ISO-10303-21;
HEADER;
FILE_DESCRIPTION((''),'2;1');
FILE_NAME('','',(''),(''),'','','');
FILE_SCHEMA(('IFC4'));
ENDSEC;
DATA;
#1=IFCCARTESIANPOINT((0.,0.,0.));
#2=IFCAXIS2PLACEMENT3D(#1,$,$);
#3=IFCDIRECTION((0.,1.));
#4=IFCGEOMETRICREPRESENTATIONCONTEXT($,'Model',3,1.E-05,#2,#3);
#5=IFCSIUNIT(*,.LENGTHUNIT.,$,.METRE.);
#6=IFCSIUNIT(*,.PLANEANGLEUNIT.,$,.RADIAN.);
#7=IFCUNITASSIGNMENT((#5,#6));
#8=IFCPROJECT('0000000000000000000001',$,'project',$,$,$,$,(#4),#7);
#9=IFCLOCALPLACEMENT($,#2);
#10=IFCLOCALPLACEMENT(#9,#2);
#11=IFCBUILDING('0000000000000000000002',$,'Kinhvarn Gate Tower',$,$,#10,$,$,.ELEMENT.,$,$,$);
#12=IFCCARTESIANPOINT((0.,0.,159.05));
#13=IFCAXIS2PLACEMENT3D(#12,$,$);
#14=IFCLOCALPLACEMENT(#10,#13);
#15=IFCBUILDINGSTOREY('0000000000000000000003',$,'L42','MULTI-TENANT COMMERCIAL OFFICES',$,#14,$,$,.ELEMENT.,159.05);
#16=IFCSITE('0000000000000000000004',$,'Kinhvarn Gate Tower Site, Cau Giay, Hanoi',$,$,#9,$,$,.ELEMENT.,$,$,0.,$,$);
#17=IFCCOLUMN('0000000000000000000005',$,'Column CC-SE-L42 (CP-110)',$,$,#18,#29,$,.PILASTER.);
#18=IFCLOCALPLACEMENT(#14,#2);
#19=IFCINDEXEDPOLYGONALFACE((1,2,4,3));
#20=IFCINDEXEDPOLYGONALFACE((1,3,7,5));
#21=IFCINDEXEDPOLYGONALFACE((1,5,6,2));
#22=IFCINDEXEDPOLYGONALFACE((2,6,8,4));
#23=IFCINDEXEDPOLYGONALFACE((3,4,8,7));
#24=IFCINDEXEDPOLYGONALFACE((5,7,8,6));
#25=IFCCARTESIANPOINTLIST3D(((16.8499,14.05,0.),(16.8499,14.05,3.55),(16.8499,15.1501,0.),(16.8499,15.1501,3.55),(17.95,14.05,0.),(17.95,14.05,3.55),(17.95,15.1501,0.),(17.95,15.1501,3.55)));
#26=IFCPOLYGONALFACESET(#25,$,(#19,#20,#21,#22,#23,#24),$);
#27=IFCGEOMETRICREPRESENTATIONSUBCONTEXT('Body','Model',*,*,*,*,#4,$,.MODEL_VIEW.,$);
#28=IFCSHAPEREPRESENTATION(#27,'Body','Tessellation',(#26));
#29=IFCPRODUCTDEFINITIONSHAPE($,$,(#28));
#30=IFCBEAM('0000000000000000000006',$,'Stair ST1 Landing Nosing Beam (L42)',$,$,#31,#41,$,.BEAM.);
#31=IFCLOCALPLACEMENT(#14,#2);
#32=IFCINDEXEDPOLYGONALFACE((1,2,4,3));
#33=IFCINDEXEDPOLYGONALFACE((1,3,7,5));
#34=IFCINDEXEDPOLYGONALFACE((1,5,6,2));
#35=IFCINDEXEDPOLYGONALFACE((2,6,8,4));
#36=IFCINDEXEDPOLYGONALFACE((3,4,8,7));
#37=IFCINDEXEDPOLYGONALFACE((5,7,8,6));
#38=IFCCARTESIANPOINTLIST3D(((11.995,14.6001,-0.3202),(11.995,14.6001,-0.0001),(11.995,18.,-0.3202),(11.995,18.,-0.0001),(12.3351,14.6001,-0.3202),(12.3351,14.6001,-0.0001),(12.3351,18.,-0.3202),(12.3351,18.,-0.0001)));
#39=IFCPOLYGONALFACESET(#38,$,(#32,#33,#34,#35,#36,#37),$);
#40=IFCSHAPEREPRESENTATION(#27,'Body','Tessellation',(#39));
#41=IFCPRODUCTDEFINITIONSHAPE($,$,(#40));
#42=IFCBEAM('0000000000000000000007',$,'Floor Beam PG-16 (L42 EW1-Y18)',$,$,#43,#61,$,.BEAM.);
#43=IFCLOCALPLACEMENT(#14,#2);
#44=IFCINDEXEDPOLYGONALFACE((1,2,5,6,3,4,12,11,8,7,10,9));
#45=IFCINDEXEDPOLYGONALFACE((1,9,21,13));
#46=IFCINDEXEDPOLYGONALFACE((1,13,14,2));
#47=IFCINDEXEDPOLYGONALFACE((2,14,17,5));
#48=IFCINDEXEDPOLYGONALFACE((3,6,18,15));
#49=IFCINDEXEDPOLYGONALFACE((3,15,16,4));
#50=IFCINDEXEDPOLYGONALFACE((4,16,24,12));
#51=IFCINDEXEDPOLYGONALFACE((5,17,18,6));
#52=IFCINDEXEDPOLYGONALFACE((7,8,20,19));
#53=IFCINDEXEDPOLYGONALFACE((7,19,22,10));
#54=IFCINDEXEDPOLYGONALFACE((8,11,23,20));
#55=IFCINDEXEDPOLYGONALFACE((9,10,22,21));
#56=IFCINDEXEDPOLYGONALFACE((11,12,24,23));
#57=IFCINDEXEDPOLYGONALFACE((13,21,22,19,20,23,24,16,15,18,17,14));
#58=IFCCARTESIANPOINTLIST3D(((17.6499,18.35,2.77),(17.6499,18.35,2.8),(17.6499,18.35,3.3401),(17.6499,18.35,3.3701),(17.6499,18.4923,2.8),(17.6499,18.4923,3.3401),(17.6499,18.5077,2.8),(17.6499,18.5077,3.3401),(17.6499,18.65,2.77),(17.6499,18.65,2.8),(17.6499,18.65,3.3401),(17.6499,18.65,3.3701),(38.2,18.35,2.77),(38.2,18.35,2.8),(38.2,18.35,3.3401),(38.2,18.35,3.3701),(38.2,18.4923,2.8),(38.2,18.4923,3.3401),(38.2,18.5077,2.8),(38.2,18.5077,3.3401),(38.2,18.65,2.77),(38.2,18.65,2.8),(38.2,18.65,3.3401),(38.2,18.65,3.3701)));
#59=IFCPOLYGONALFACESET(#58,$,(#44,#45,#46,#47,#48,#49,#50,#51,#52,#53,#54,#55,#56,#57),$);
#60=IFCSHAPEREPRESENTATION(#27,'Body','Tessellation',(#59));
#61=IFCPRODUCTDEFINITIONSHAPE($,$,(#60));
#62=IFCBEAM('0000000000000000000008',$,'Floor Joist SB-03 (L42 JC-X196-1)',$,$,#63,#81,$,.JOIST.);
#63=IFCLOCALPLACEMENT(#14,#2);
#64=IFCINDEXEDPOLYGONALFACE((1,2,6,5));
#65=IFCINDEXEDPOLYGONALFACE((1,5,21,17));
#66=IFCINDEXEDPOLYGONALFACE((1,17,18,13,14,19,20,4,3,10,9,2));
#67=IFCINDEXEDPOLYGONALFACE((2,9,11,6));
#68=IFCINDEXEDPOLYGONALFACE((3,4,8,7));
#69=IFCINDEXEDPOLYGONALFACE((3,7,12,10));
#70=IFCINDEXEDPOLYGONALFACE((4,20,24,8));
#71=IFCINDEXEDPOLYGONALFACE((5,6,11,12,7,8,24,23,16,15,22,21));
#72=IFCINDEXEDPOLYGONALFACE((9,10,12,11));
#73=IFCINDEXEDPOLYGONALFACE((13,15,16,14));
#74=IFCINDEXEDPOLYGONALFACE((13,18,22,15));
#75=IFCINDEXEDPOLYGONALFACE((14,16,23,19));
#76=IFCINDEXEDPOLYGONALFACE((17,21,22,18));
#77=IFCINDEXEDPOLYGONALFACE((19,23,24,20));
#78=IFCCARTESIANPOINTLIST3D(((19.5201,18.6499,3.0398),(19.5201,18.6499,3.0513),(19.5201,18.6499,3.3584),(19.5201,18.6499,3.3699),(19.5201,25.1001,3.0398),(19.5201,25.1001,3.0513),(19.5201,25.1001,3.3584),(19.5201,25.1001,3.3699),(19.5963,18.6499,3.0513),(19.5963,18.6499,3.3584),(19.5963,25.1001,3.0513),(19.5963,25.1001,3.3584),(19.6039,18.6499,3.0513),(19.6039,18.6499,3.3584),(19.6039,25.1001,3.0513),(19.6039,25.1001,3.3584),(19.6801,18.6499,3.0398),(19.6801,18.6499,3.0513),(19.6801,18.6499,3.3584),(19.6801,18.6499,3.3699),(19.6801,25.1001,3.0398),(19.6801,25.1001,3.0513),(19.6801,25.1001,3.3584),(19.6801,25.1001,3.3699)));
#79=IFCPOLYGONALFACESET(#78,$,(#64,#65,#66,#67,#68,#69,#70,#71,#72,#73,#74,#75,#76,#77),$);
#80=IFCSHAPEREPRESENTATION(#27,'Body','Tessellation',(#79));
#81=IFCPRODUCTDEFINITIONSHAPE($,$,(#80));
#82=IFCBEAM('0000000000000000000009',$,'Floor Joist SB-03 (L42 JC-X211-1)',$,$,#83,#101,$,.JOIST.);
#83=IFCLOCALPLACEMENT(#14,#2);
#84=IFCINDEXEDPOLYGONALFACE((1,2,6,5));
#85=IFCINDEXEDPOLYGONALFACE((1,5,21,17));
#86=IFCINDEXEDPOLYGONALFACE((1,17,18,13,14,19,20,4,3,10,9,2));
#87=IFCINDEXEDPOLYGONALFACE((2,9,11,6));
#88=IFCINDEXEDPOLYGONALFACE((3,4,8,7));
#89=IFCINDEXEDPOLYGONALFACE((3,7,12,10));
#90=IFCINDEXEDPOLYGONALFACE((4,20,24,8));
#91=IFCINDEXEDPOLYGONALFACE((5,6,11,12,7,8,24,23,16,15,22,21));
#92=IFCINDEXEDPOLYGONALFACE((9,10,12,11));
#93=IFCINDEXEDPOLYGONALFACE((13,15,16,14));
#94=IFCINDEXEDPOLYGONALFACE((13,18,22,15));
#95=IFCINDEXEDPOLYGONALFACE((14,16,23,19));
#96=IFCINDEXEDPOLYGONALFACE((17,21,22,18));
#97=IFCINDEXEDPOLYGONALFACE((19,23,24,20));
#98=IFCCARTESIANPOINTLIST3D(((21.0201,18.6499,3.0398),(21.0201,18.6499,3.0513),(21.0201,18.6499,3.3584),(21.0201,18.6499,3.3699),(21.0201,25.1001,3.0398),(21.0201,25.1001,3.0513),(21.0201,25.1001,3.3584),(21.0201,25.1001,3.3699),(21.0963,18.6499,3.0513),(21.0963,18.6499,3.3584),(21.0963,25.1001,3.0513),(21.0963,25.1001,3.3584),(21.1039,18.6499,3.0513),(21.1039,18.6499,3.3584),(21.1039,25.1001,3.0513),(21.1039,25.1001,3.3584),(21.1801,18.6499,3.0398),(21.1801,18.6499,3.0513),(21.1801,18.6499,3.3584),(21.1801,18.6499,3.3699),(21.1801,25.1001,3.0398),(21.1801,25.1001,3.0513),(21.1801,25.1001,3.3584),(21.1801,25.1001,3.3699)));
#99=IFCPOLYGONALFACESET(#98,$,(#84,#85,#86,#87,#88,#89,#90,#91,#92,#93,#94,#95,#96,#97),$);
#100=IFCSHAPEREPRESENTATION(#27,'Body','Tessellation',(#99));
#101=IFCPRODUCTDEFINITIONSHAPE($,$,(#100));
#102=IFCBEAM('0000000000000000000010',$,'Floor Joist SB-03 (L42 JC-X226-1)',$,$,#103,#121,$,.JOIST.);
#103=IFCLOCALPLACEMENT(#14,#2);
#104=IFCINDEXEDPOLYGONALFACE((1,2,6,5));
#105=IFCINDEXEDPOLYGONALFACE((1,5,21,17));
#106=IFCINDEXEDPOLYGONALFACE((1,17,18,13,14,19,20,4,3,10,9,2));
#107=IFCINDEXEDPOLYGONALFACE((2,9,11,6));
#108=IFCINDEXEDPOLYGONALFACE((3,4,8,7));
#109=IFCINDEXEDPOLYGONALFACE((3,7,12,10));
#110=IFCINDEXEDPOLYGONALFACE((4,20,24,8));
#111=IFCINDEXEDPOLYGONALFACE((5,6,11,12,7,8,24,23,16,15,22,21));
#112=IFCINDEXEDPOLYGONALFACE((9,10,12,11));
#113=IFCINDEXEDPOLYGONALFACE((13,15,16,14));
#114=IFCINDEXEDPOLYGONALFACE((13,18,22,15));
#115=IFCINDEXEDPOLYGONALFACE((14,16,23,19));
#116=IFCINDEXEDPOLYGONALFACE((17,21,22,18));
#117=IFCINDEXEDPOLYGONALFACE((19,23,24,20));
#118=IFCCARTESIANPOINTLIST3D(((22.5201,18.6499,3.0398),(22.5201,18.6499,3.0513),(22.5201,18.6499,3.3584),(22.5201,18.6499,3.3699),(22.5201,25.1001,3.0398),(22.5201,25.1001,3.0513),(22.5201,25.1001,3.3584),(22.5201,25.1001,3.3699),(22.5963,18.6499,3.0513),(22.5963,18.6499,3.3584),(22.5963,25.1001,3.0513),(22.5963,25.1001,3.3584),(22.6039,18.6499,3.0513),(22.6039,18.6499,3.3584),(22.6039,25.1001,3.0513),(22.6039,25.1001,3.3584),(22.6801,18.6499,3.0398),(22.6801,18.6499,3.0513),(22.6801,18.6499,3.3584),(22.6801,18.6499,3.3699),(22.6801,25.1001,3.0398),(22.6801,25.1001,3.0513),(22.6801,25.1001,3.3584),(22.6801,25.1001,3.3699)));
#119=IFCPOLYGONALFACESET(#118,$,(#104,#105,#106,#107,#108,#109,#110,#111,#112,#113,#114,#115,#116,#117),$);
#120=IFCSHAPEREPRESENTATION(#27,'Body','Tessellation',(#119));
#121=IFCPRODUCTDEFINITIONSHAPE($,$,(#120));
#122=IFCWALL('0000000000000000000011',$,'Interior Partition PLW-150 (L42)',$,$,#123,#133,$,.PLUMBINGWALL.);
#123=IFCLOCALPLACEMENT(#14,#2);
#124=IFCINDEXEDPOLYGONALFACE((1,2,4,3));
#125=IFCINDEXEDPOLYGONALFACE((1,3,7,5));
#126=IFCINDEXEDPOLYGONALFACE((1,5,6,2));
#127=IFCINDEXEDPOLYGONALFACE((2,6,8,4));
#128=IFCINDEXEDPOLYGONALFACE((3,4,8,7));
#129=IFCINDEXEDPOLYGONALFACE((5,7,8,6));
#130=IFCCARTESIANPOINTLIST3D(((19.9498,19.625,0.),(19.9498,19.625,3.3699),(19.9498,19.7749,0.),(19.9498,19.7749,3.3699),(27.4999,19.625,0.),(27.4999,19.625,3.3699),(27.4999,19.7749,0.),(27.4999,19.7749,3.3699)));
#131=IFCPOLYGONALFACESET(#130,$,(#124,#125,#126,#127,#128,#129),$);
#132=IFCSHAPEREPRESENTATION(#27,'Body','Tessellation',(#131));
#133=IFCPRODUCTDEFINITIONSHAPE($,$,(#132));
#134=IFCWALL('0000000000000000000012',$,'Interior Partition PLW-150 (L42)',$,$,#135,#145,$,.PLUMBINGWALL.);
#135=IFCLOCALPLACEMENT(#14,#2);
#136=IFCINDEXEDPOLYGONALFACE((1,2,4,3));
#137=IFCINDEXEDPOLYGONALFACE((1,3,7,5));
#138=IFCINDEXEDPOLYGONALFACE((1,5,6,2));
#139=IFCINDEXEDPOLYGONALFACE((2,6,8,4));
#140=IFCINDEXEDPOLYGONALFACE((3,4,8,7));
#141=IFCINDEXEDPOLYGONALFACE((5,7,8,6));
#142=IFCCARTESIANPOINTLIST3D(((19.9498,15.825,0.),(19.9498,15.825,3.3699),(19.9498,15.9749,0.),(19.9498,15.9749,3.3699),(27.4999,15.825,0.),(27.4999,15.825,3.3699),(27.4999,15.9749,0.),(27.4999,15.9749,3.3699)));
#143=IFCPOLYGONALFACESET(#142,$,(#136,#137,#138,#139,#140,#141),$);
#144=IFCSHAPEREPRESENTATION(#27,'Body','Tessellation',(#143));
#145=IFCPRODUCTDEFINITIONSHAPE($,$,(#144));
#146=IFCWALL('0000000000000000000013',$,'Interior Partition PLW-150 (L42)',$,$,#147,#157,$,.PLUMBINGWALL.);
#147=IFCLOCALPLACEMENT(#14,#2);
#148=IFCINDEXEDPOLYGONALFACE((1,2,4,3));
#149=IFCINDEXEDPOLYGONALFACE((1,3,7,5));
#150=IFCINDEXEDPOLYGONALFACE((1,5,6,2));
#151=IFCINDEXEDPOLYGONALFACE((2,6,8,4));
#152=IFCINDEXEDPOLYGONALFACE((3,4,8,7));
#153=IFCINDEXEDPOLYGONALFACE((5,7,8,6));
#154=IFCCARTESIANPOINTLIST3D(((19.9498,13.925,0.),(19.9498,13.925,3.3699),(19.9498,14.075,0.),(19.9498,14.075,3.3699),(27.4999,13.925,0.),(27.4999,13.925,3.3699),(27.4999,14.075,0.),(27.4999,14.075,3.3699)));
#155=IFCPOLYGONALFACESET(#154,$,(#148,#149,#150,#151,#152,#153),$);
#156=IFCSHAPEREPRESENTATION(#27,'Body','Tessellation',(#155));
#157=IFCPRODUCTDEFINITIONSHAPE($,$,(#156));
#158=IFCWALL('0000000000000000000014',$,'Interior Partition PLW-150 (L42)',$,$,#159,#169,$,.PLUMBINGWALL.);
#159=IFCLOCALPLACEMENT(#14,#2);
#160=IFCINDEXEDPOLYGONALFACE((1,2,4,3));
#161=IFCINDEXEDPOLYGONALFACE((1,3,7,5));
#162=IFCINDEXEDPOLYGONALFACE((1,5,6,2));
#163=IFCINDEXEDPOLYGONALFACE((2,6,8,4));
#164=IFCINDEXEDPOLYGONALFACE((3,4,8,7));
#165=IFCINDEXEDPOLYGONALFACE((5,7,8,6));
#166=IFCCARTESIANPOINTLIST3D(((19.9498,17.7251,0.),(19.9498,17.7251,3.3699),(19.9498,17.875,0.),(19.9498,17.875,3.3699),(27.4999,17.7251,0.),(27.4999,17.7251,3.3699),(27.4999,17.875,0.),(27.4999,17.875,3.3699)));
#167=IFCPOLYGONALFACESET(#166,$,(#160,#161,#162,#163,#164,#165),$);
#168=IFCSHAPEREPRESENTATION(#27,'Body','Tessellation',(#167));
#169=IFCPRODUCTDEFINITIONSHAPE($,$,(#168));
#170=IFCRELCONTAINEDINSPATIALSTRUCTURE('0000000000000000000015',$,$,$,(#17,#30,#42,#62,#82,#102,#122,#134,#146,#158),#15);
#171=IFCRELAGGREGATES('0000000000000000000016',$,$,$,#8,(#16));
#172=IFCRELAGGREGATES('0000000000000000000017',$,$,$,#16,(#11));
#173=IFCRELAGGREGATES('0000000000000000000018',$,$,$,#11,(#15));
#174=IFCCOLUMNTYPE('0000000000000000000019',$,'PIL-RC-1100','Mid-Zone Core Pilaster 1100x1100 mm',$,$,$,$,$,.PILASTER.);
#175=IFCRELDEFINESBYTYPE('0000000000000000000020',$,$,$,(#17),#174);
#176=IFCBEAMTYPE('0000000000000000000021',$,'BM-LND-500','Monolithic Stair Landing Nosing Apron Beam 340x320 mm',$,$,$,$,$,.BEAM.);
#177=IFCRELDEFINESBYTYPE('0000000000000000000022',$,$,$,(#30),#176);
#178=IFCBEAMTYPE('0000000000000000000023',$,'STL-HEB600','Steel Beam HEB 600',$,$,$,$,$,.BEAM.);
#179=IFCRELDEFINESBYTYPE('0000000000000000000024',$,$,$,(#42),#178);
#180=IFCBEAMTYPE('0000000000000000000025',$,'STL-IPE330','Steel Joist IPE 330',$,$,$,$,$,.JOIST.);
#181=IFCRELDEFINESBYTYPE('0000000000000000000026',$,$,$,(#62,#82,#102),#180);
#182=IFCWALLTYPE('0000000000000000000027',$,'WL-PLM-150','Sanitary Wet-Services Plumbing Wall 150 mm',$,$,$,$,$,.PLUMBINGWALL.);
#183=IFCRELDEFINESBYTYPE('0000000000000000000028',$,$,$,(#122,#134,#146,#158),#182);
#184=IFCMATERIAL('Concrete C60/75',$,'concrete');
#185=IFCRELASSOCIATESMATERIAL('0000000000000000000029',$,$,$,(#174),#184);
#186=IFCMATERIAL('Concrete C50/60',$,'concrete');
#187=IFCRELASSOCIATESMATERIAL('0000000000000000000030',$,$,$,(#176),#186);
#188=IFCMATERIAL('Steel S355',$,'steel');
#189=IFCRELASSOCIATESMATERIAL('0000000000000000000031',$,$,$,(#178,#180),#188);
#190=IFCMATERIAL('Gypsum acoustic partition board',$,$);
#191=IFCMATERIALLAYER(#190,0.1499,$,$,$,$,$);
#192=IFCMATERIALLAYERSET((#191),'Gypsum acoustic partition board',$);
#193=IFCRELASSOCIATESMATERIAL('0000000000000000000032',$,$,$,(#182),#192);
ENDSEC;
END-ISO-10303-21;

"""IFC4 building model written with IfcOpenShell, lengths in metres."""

from ifc_helpers import new_model, si_unit, direction, frame, frame_2d, origin, origin_2d, place, context, subcontext, project, spatial, rectangle, i_section, extrude, material, layer, layer_set, material_profile, profile_set, type_object, element, save


model = new_model("IFC4")

# Units and contexts
model_context = context("Model", 3, precision=1e-05, world=origin(), true_north=direction((0.0, 1.0)))
body_context = subcontext(model_context, "Body", "Model", "MODEL_VIEW")
ifc_project = project(units=[si_unit("LENGTHUNIT", "METRE"), si_unit("PLANEANGLEUNIT", "RADIAN")], contexts=[model_context])

# Site, building, storey
site_placement = place(None, origin())
site = spatial("IfcSite", under=ifc_project, at=site_placement, Name="Kinhvarn Gate Tower Site, Cau Giay, Hanoi", CompositionType="ELEMENT", RefElevation=0.0)
building_placement = place(site_placement, origin())
building = spatial("IfcBuilding", under=site, at=building_placement, Name="Kinhvarn Gate Tower", CompositionType="ELEMENT")
storey_placement = place(building_placement, frame((0.0, 0.0, 159.05)))
storey = spatial("IfcBuildingStorey", under=building, at=storey_placement, Name="L42", Description="MULTI-TENANT COMMERCIAL OFFICES", CompositionType="ELEMENT", Elevation=159.05)

# Column
ifc_material_1 = material(Name="Concrete C60/75", Category="concrete")
ifc_material_profile_1 = material_profile(ifc_material_1, rectangle(XDim=1.1001, YDim=1.1001, at=origin_2d()), Name="RC 1100x1100")
ifc_profile_set_1 = profile_set([ifc_material_profile_1], Name="Concrete C60/75")
column_type = type_object("IfcColumnType", Name="PIL-RC-1100", Description="Mid-Zone Core Pilaster 1100x1100 mm", PredefinedType="PILASTER", material=ifc_profile_set_1)
column_placement = place(storey_placement, frame((17.3999, 14.6001, 0.0), z_axis=(0.0, 0.0, 1.0), x_axis=(1.0, 0.0, 0.0)))
element("IfcColumn", 1, at=column_placement, inside=storey, type_object=column_type, Name="Column CC-SE-L42 (CP-110)", PredefinedType="PILASTER", context=body_context, shape_type="SweptSolid", body=[
    extrude(rectangle(XDim=1.1001, YDim=1.1001, at=origin_2d()), origin(), (0.0, 0.0, 1.0), 3.55),
])

# Beams
ifc_material_2 = material(Name="Concrete C50/60", Category="concrete")
ifc_material_profile_2 = material_profile(ifc_material_2, rectangle(XDim=0.3401, YDim=0.3201, at=origin_2d()), Name="RC 340x320")
ifc_profile_set_2 = profile_set([ifc_material_profile_2], Name="Concrete C50/60")
beam_type_1 = type_object("IfcBeamType", Name="BM-LND-500", Description="Monolithic Stair Landing Nosing Apron Beam 340x320 mm", PredefinedType="BEAM", material=ifc_profile_set_2)
beam_1_placement = place(storey_placement, frame((12.165, 14.6001, -0.1602), z_axis=(0.0, 1.0, 0.0), x_axis=(-1.0, 0.0, 0.0)))
element("IfcBeam", 2, at=beam_1_placement, inside=storey, type_object=beam_type_1, Name="Stair ST1 Landing Nosing Beam (L42)", PredefinedType="BEAM", context=body_context, shape_type="SweptSolid", body=[
    extrude(rectangle(XDim=0.3401, YDim=0.3201, at=origin_2d()), origin(), (0.0, 0.0, 1.0), 3.3999),
])
ifc_material_3 = material(Name="Steel S355", Category="steel")
ifc_material_profile_3 = material_profile(ifc_material_3, i_section(OverallWidth=0.3, OverallDepth=0.6001, WebThickness=0.0154, FlangeThickness=0.03, at=origin_2d()), Name="HEB 600")
ifc_profile_set_3 = profile_set([ifc_material_profile_3], Name="Steel S355")
beam_type_2 = type_object("IfcBeamType", Name="STL-HEB600", Description="Steel Beam HEB 600", PredefinedType="BEAM", material=ifc_profile_set_3)
beam_2_placement = place(storey_placement, frame((17.6499, 18.5, 3.0701), z_axis=(1.0, 0.0, 0.0), x_axis=(0.0, 1.0, 0.0)))
element("IfcBeam", 3, at=beam_2_placement, inside=storey, type_object=beam_type_2, Name="Floor Beam PG-16 (L42 EW1-Y18)", PredefinedType="BEAM", context=body_context, shape_type="SweptSolid", body=[
    extrude(i_section(OverallWidth=0.3, OverallDepth=0.6001, WebThickness=0.0154, FlangeThickness=0.03, at=origin_2d()), origin(), (0.0, 0.0, 1.0), 20.55),
])
ifc_material_profile_4 = material_profile(ifc_material_3, i_section(OverallWidth=0.1599, OverallDepth=0.3301, WebThickness=0.0076, FlangeThickness=0.0115, at=origin_2d()), Name="IPE 330")
ifc_profile_set_4 = profile_set([ifc_material_profile_4], Name="Steel S355")
beam_type_3 = type_object("IfcBeamType", Name="STL-IPE330", Description="Steel Joist IPE 330", PredefinedType="JOIST", material=ifc_profile_set_4)
for number, where, z_axis, x_axis, name in (
    (4, (19.6001, 18.6499, 3.2048), (0.0, 1.0, 0.0), (-1.0, 0.0, 0.0), "Floor Joist SB-03 (L42 JC-X196-1)"),
    (5, (21.1001, 18.6499, 3.2048), (0.0, 1.0, 0.0), (-1.0, 0.0, 0.0), "Floor Joist SB-03 (L42 JC-X211-1)"),
    (6, (22.6001, 18.6499, 3.2048), (0.0, 1.0, 0.0), (-1.0, 0.0, 0.0), "Floor Joist SB-03 (L42 JC-X226-1)"),
):
    element("IfcBeam", number, at=place(storey_placement, frame(where, z_axis=z_axis, x_axis=x_axis)), inside=storey, type_object=beam_type_3, Name=name, PredefinedType="JOIST", context=body_context, shape_type="SweptSolid", body=[
        extrude(i_section(OverallWidth=0.1599, OverallDepth=0.3301, WebThickness=0.0076, FlangeThickness=0.0115, at=origin_2d()), origin(), (0.0, 0.0, 1.0), 6.4502),
    ])

# Walls
ifc_material_4 = material(Name="Gypsum acoustic partition board")
ifc_layer_1 = layer(ifc_material_4, 0.1499)
ifc_layer_set_1 = layer_set([ifc_layer_1], Name="Gypsum acoustic partition board")
wall_type_1 = type_object("IfcWallType", Name="WL-PLM-150", Description="Sanitary Wet-Services Plumbing Wall 150 mm", PredefinedType="PLUMBINGWALL", material=ifc_layer_set_1)
for number, where, z_axis, x_axis, name in (
    (7, (19.95, 19.7, 0.0), (0.0, 0.0, 1.0), (1.0, 0.0, 0.0), "Interior Partition PLW-150 (L42)"),
    (8, (19.95, 15.8999, 0.0), (0.0, 0.0, 1.0), (1.0, 0.0, 0.0), "Interior Partition PLW-150 (L42)"),
    (9, (19.95, 14.0, 0.0), (0.0, 0.0, 1.0), (1.0, 0.0, 0.0), "Interior Partition PLW-150 (L42)"),
    (10, (19.95, 17.8, 0.0), (0.0, 0.0, 1.0), (1.0, 0.0, 0.0), "Interior Partition PLW-150 (L42)"),
):
    element("IfcWall", number, at=place(storey_placement, frame(where, z_axis=z_axis, x_axis=x_axis)), inside=storey, type_object=wall_type_1, Name=name, PredefinedType="PLUMBINGWALL", context=body_context, shape_type="SweptSolid", body=[
        extrude(rectangle(XDim=7.55, YDim=0.1499, at=frame_2d((3.7749, 0.0))), origin(), (0.0, 0.0, 1.0), 3.3699),
    ])

save(model, "model.ifc")
